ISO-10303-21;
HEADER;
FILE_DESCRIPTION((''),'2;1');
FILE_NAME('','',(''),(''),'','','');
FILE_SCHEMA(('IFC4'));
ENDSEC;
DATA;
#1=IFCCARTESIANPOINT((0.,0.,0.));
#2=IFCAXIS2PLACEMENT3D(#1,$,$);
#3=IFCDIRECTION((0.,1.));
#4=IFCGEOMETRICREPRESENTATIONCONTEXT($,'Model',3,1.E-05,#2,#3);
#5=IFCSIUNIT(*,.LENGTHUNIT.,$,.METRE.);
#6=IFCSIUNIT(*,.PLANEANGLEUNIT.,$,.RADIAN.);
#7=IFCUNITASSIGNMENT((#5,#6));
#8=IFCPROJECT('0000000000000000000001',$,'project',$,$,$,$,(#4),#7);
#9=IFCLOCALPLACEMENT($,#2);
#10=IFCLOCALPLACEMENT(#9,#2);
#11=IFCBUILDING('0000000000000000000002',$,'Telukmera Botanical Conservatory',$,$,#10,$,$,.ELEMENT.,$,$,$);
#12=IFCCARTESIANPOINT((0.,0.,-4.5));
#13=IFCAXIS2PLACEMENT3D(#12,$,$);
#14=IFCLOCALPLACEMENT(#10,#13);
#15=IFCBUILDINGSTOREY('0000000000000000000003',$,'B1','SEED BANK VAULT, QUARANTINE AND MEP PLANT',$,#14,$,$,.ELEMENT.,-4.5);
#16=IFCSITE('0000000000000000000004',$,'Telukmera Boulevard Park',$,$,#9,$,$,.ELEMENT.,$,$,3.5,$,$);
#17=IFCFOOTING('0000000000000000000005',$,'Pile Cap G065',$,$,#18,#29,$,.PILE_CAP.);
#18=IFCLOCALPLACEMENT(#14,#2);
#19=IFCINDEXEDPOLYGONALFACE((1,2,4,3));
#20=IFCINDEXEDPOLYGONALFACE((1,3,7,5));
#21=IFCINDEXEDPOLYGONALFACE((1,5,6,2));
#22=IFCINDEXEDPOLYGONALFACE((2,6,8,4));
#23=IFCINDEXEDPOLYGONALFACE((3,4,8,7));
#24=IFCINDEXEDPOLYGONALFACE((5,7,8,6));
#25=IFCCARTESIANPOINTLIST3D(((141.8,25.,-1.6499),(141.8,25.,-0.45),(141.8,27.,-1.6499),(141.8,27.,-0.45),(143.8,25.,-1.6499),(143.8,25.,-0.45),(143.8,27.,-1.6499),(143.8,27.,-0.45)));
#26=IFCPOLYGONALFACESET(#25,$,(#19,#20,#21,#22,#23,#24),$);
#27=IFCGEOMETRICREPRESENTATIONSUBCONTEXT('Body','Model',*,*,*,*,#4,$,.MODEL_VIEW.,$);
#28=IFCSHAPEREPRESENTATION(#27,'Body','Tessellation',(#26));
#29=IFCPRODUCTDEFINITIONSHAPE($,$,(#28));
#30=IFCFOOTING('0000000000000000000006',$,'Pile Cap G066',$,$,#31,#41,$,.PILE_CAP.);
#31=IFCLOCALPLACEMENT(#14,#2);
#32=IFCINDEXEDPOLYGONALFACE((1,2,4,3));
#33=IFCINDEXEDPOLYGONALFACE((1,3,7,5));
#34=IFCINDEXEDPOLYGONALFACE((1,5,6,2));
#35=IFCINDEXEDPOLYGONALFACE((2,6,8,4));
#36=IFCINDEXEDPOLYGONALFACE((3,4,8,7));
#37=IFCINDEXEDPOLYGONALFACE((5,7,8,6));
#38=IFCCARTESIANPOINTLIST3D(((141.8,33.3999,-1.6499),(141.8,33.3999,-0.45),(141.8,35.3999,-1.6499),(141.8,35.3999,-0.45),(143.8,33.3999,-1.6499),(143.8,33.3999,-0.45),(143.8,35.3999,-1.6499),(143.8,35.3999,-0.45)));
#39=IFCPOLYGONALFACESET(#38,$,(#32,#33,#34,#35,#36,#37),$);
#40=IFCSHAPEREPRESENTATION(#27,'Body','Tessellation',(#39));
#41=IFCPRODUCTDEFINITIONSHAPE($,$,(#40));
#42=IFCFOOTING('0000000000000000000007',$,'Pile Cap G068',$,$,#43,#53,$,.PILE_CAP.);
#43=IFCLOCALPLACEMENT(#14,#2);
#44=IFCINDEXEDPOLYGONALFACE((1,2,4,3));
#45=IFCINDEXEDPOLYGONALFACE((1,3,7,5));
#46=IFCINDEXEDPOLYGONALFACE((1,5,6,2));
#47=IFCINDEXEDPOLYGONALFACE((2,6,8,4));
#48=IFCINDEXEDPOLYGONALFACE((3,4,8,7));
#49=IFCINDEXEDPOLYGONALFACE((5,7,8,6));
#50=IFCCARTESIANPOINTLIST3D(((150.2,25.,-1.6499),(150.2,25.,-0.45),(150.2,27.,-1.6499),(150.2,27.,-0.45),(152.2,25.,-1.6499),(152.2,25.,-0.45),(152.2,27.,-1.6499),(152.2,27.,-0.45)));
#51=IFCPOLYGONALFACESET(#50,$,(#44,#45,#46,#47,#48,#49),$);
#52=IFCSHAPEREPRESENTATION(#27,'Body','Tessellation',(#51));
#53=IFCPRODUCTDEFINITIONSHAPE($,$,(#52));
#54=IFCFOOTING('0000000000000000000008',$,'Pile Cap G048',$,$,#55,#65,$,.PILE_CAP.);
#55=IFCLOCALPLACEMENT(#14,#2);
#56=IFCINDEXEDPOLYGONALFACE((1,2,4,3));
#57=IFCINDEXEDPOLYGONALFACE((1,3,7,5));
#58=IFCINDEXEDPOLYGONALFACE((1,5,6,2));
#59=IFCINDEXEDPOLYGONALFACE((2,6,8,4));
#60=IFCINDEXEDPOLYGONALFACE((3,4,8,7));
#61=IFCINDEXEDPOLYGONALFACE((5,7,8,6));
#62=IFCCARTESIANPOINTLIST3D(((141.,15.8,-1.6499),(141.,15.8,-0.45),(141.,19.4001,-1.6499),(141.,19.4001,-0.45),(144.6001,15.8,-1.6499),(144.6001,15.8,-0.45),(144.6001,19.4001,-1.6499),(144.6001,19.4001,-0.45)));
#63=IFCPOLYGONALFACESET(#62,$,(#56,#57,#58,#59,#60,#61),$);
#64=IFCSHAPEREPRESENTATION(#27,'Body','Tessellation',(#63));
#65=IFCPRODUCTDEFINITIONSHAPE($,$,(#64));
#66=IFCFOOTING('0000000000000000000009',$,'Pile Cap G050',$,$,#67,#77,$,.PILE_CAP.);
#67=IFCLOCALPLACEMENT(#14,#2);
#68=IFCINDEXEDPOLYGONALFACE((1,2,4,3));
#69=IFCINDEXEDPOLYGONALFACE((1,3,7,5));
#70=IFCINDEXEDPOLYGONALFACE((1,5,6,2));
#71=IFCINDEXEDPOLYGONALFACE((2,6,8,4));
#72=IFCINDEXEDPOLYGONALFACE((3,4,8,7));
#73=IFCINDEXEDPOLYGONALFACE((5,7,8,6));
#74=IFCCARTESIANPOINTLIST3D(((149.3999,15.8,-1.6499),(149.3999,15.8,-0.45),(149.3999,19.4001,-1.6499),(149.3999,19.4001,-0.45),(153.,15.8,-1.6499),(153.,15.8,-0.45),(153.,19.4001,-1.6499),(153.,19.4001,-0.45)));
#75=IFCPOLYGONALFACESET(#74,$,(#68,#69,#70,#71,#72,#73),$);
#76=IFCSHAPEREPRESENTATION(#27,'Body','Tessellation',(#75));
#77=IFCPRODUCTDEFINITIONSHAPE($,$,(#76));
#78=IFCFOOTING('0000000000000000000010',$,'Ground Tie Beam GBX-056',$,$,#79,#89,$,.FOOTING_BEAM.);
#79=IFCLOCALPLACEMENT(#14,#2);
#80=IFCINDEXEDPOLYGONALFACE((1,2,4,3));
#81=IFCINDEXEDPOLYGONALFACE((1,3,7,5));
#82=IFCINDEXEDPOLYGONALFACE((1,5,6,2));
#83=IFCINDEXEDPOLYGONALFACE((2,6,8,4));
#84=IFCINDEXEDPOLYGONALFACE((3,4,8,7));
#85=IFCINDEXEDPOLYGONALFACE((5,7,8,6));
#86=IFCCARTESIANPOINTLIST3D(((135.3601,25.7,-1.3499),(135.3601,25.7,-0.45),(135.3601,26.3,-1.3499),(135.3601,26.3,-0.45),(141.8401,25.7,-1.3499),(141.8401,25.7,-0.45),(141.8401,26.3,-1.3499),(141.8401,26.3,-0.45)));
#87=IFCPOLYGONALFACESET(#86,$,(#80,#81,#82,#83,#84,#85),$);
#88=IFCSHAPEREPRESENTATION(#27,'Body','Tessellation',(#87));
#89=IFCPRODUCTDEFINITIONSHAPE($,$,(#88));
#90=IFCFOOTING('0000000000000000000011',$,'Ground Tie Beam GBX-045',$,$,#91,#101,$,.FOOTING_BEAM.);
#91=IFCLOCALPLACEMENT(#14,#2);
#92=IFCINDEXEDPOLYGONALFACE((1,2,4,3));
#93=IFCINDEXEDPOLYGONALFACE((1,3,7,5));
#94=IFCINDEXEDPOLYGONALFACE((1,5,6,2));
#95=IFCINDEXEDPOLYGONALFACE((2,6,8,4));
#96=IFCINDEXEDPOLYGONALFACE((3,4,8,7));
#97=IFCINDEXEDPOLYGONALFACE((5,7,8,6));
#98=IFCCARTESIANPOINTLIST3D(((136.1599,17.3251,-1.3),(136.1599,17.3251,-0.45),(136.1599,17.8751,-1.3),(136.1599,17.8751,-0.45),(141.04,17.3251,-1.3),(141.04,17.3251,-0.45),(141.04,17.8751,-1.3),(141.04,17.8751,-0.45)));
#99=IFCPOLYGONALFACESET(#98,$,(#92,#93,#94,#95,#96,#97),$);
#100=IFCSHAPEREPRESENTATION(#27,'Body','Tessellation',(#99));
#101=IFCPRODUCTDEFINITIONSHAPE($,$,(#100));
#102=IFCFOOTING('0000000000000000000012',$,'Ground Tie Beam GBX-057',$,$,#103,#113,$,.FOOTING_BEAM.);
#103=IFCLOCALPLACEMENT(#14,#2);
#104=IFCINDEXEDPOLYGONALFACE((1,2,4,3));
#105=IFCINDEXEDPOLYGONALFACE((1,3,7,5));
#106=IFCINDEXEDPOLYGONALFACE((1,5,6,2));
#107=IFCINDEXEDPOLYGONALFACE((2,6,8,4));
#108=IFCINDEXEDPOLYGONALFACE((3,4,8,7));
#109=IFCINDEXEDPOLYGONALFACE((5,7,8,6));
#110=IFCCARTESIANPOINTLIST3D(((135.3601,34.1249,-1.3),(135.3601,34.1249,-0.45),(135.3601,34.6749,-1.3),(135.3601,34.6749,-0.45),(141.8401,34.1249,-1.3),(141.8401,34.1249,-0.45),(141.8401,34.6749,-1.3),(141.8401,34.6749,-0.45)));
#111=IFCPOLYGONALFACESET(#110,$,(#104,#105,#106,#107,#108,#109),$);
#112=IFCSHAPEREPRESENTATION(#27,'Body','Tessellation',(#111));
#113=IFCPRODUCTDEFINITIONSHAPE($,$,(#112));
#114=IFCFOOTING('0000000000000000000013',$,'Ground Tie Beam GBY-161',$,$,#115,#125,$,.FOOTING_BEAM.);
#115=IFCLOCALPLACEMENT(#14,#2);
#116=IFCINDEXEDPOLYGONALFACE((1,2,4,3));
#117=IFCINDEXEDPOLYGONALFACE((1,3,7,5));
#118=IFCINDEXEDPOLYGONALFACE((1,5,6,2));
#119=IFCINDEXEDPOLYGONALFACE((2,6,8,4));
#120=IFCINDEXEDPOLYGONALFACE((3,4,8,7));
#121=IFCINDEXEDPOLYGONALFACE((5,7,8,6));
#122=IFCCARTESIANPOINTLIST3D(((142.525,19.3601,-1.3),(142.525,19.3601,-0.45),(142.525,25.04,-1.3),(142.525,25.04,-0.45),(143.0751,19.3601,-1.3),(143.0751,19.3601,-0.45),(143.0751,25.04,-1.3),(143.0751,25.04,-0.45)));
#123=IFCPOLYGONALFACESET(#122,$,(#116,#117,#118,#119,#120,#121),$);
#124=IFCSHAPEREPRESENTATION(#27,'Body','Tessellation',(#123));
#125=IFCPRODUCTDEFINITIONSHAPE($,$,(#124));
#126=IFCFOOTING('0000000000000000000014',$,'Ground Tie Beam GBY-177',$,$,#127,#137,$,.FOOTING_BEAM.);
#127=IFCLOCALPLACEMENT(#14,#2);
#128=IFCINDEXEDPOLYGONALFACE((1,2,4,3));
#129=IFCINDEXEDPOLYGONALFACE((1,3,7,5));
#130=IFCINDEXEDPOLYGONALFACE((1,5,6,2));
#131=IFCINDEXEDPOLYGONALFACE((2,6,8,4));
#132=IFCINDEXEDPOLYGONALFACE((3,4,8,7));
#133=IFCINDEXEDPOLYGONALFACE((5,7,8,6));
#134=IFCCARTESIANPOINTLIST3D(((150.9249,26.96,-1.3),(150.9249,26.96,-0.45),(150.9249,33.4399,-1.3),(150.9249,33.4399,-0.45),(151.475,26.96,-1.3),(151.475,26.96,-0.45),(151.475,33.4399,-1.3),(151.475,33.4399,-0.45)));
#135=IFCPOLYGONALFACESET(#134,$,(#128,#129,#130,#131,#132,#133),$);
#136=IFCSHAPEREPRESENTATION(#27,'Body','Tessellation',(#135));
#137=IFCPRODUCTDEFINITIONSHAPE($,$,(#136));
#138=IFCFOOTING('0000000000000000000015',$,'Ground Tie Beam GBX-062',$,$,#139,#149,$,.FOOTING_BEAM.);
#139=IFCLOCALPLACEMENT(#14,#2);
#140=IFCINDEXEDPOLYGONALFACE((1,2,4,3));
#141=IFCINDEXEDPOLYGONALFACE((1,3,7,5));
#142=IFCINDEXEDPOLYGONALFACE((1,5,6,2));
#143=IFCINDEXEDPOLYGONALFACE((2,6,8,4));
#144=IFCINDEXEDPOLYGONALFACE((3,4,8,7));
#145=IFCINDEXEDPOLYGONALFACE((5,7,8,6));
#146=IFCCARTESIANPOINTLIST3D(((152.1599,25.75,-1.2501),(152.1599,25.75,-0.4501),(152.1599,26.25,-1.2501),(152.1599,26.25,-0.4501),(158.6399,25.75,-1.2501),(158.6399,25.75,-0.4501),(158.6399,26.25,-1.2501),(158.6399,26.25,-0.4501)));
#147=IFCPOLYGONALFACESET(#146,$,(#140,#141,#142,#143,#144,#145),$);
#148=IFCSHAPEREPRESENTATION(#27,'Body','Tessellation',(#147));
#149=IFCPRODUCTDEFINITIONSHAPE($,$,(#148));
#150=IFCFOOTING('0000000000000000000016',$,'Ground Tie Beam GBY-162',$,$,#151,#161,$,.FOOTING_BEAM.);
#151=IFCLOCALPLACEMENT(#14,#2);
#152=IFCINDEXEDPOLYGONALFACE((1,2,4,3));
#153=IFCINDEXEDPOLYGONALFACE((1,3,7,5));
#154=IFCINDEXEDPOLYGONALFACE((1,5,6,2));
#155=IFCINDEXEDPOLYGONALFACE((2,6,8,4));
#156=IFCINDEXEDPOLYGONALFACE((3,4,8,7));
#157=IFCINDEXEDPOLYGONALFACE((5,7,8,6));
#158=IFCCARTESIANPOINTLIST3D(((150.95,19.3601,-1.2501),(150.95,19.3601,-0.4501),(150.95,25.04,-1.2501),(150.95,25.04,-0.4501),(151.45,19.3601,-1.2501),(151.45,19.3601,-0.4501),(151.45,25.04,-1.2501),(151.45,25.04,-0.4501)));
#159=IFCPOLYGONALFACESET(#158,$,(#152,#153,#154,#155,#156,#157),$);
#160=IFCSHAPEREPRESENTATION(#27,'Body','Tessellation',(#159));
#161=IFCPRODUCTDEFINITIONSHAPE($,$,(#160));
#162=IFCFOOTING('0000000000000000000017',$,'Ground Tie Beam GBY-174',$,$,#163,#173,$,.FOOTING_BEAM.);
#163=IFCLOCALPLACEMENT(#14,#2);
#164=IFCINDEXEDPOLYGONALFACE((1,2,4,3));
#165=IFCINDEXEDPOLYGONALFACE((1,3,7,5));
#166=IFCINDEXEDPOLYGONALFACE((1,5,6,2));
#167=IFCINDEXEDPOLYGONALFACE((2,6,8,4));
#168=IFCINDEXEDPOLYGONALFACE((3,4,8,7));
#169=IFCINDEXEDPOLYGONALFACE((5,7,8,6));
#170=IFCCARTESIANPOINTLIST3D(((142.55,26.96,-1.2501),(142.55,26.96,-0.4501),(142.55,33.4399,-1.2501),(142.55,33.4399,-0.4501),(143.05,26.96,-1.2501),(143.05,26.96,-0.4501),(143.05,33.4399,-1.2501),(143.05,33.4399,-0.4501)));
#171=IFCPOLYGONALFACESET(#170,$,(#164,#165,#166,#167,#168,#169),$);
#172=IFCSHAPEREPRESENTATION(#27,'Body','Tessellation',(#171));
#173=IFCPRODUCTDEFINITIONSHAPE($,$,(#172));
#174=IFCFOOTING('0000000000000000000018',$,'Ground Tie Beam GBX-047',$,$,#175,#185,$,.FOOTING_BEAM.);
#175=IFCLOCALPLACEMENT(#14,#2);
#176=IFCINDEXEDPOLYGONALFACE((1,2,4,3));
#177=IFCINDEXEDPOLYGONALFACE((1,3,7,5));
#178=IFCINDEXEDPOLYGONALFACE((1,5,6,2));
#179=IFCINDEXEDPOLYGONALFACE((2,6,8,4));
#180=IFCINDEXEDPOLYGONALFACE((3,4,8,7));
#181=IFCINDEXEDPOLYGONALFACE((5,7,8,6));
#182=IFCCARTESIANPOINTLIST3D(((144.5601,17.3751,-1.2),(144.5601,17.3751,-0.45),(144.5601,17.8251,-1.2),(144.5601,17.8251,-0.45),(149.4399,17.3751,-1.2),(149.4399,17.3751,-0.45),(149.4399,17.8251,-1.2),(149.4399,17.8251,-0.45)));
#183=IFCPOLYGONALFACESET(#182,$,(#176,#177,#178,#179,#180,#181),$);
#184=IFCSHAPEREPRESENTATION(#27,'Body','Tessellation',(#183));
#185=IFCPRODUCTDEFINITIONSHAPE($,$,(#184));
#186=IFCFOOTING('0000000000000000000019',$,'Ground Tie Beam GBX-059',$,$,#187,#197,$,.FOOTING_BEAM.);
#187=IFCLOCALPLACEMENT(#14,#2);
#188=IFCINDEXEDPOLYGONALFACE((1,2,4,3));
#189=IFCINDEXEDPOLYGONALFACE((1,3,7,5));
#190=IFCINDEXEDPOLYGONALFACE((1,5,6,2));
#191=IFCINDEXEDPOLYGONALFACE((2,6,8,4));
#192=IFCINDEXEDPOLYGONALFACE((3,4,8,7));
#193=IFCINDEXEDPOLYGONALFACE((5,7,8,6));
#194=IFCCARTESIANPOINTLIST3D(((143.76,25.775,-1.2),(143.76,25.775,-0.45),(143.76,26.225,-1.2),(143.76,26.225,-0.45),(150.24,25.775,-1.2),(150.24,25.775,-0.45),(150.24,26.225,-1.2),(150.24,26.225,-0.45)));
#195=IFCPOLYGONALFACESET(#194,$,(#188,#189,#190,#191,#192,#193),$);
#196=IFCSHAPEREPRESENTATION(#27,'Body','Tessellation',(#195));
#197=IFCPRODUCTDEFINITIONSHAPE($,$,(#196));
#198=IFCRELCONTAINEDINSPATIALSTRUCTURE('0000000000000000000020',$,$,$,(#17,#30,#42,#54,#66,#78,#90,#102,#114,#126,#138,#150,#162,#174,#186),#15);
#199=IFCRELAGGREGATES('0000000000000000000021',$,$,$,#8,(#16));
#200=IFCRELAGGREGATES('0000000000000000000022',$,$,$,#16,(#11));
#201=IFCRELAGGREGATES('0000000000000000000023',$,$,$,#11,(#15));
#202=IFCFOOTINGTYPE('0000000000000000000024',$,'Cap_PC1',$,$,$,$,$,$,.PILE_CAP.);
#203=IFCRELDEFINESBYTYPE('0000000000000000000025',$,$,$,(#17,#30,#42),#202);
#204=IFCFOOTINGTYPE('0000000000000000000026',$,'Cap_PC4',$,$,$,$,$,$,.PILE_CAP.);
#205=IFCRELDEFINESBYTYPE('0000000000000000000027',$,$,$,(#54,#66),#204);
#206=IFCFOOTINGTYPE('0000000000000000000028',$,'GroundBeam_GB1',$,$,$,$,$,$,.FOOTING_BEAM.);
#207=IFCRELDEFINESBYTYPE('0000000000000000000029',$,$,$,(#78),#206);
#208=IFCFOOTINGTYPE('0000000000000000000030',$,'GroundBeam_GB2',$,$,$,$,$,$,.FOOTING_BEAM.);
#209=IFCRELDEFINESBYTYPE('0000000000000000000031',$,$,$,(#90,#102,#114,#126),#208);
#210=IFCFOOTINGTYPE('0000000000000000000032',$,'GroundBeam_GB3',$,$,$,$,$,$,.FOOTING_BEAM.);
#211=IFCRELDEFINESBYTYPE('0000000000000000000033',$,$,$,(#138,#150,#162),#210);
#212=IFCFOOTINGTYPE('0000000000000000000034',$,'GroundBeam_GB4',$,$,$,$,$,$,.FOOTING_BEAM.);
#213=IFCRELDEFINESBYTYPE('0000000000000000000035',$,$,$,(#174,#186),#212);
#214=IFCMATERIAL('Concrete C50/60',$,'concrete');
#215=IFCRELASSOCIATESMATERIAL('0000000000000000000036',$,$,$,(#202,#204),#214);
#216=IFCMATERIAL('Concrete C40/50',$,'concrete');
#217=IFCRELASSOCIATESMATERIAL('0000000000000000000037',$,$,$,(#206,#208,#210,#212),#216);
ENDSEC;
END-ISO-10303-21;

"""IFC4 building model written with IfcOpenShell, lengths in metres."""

from ifc_helpers import new_model, si_unit, direction, frame, origin, origin_2d, place, context, subcontext, project, spatial, rectangle, extrude, material, material_profile, profile_set, type_object, element, save


model = new_model("IFC4")

# Units and contexts
model_context = context("Model", 3, precision=1e-05, world=origin(), true_north=direction((0.0, 1.0)))
body_context = subcontext(model_context, "Body", "Model", "MODEL_VIEW")
ifc_project = project(units=[si_unit("LENGTHUNIT", "METRE"), si_unit("PLANEANGLEUNIT", "RADIAN")], contexts=[model_context])

# Site, building, storey
site_placement = place(None, origin())
site = spatial("IfcSite", under=ifc_project, at=site_placement, Name="Telukmera Boulevard Park", CompositionType="ELEMENT", RefElevation=3.5)
building_placement = place(site_placement, origin())
building = spatial("IfcBuilding", under=site, at=building_placement, Name="Telukmera Botanical Conservatory", CompositionType="ELEMENT")
storey_placement = place(building_placement, frame((0.0, 0.0, -4.5)))
storey = spatial("IfcBuildingStorey", under=building, at=storey_placement, Name="B1", Description="SEED BANK VAULT, QUARANTINE AND MEP PLANT", CompositionType="ELEMENT", Elevation=-4.5)

# Footings
ifc_material_1 = material(Name="Concrete C50/60", Category="concrete")
footing_type_1 = type_object("IfcFootingType", Name="Cap_PC1", PredefinedType="PILE_CAP", material=ifc_material_1)
for number, where, z_axis, x_axis, name in (
    (1, (142.8, 26.0, -1.6499), (0.0, 0.0, 1.0), (1.0, 0.0, 0.0), "Pile Cap G065"),
    (2, (142.8, 34.3999, -1.6499), (0.0, 0.0, 1.0), (1.0, 0.0, 0.0), "Pile Cap G066"),
    (3, (151.2, 26.0, -1.6499), (0.0, 0.0, 1.0), (1.0, 0.0, 0.0), "Pile Cap G068"),
):
    element("IfcFooting", number, at=place(storey_placement, frame(where, z_axis=z_axis, x_axis=x_axis)), inside=storey, type_object=footing_type_1, Name=name, PredefinedType="PILE_CAP", context=body_context, shape_type="SweptSolid", body=[
        extrude(rectangle(XDim=2.0, YDim=2.0, at=origin_2d()), origin(), (0.0, 0.0, 1.0), 1.2),
    ])
footing_type_2 = type_object("IfcFootingType", Name="Cap_PC4", PredefinedType="PILE_CAP", material=ifc_material_1)
for number, where, z_axis, x_axis, name in (
    (4, (142.8, 17.6001, -1.6499), (0.0, 0.0, 1.0), (1.0, 0.0, 0.0), "Pile Cap G048"),
    (5, (151.2, 17.6001, -1.6499), (0.0, 0.0, 1.0), (1.0, 0.0, 0.0), "Pile Cap G050"),
):
    element("IfcFooting", number, at=place(storey_placement, frame(where, z_axis=z_axis, x_axis=x_axis)), inside=storey, type_object=footing_type_2, Name=name, PredefinedType="PILE_CAP", context=body_context, shape_type="SweptSolid", body=[
        extrude(rectangle(XDim=3.6001, YDim=3.6001, at=origin_2d()), origin(), (0.0, 0.0, 1.0), 1.2),
    ])
ifc_material_2 = material(Name="Concrete C40/50", Category="concrete")
ifc_material_profile_1 = material_profile(ifc_material_2, rectangle(XDim=0.6001, YDim=0.8999, at=origin_2d()), Name="RC 600x900")
ifc_profile_set_1 = profile_set([ifc_material_profile_1], Name="Concrete C40/50")
footing_type_3 = type_object("IfcFootingType", Name="GroundBeam_GB1", PredefinedType="FOOTING_BEAM", material=ifc_profile_set_1)
footing_1_placement = place(storey_placement, frame((135.3601, 26.0, -0.8999), z_axis=(1.0, 0.0, 0.0), x_axis=(0.0, 1.0, 0.0)))
element("IfcFooting", 6, at=footing_1_placement, inside=storey, type_object=footing_type_3, Name="Ground Tie Beam GBX-056", PredefinedType="FOOTING_BEAM", context=body_context, shape_type="SweptSolid", body=[
    extrude(rectangle(XDim=0.6001, YDim=0.8999, at=origin_2d()), origin(), (0.0, 0.0, 1.0), 6.48),
])
ifc_material_profile_2 = material_profile(ifc_material_2, rectangle(XDim=0.55, YDim=0.8501, at=origin_2d()), Name="RC 550x850")
ifc_profile_set_2 = profile_set([ifc_material_profile_2], Name="Concrete C40/50")
footing_type_4 = type_object("IfcFootingType", Name="GroundBeam_GB2", PredefinedType="FOOTING_BEAM", material=ifc_profile_set_2)
footing_2_placement = place(storey_placement, frame((136.1599, 17.6001, -0.875), z_axis=(1.0, 0.0, 0.0), x_axis=(0.0, 1.0, 0.0)))
element("IfcFooting", 7, at=footing_2_placement, inside=storey, type_object=footing_type_4, Name="Ground Tie Beam GBX-045", PredefinedType="FOOTING_BEAM", context=body_context, shape_type="SweptSolid", body=[
    extrude(rectangle(XDim=0.55, YDim=0.8501, at=origin_2d()), origin(), (0.0, 0.0, 1.0), 4.8801),
])
footing_3_placement = place(storey_placement, frame((135.3601, 34.3999, -0.875), z_axis=(1.0, 0.0, 0.0), x_axis=(0.0, 1.0, 0.0)))
element("IfcFooting", 8, at=footing_3_placement, inside=storey, type_object=footing_type_4, Name="Ground Tie Beam GBX-057", PredefinedType="FOOTING_BEAM", context=body_context, shape_type="SweptSolid", body=[
    extrude(rectangle(XDim=0.55, YDim=0.8501, at=origin_2d()), origin(), (0.0, 0.0, 1.0), 6.48),
])
footing_4_placement = place(storey_placement, frame((142.8, 19.3601, -0.875), z_axis=(0.0, 1.0, 0.0), x_axis=(-1.0, 0.0, 0.0)))
element("IfcFooting", 9, at=footing_4_placement, inside=storey, type_object=footing_type_4, Name="Ground Tie Beam GBY-161", PredefinedType="FOOTING_BEAM", context=body_context, shape_type="SweptSolid", body=[
    extrude(rectangle(XDim=0.55, YDim=0.8501, at=origin_2d()), origin(), (0.0, 0.0, 1.0), 5.6799),
])
footing_5_placement = place(storey_placement, frame((151.2, 26.96, -0.875), z_axis=(0.0, 1.0, 0.0), x_axis=(-1.0, 0.0, 0.0)))
element("IfcFooting", 10, at=footing_5_placement, inside=storey, type_object=footing_type_4, Name="Ground Tie Beam GBY-177", PredefinedType="FOOTING_BEAM", context=body_context, shape_type="SweptSolid", body=[
    extrude(rectangle(XDim=0.55, YDim=0.8501, at=origin_2d()), origin(), (0.0, 0.0, 1.0), 6.48),
])
ifc_material_profile_3 = material_profile(ifc_material_2, rectangle(XDim=0.5, YDim=0.8, at=origin_2d()), Name="RC 500x800")
ifc_profile_set_3 = profile_set([ifc_material_profile_3], Name="Concrete C40/50")
footing_type_5 = type_object("IfcFootingType", Name="GroundBeam_GB3", PredefinedType="FOOTING_BEAM", material=ifc_profile_set_3)
footing_6_placement = place(storey_placement, frame((152.1599, 26.0, -0.8501), z_axis=(1.0, 0.0, 0.0), x_axis=(0.0, 1.0, 0.0)))
element("IfcFooting", 11, at=footing_6_placement, inside=storey, type_object=footing_type_5, Name="Ground Tie Beam GBX-062", PredefinedType="FOOTING_BEAM", context=body_context, shape_type="SweptSolid", body=[
    extrude(rectangle(XDim=0.5, YDim=0.8, at=origin_2d()), origin(), (0.0, 0.0, 1.0), 6.48),
])
footing_7_placement = place(storey_placement, frame((151.2, 19.3601, -0.8501), z_axis=(0.0, 1.0, 0.0), x_axis=(-1.0, 0.0, 0.0)))
element("IfcFooting", 12, at=footing_7_placement, inside=storey, type_object=footing_type_5, Name="Ground Tie Beam GBY-162", PredefinedType="FOOTING_BEAM", context=body_context, shape_type="SweptSolid", body=[
    extrude(rectangle(XDim=0.5, YDim=0.8, at=origin_2d()), origin(), (0.0, 0.0, 1.0), 5.6799),
])
footing_8_placement = place(storey_placement, frame((142.8, 26.96, -0.8501), z_axis=(0.0, 1.0, 0.0), x_axis=(-1.0, 0.0, 0.0)))
element("IfcFooting", 13, at=footing_8_placement, inside=storey, type_object=footing_type_5, Name="Ground Tie Beam GBY-174", PredefinedType="FOOTING_BEAM", context=body_context, shape_type="SweptSolid", body=[
    extrude(rectangle(XDim=0.5, YDim=0.8, at=origin_2d()), origin(), (0.0, 0.0, 1.0), 6.48),
])
ifc_material_profile_4 = material_profile(ifc_material_2, rectangle(XDim=0.45, YDim=0.75, at=origin_2d()), Name="RC 450x750")
ifc_profile_set_4 = profile_set([ifc_material_profile_4], Name="Concrete C40/50")
footing_type_6 = type_object("IfcFootingType", Name="GroundBeam_GB4", PredefinedType="FOOTING_BEAM", material=ifc_profile_set_4)
footing_9_placement = place(storey_placement, frame((144.5601, 17.6001, -0.825), z_axis=(1.0, 0.0, 0.0), x_axis=(0.0, 1.0, 0.0)))
element("IfcFooting", 14, at=footing_9_placement, inside=storey, type_object=footing_type_6, Name="Ground Tie Beam GBX-047", PredefinedType="FOOTING_BEAM", context=body_context, shape_type="SweptSolid", body=[
    extrude(rectangle(XDim=0.45, YDim=0.75, at=origin_2d()), origin(), (0.0, 0.0, 1.0), 4.8799),
])
footing_10_placement = place(storey_placement, frame((143.76, 26.0, -0.825), z_axis=(1.0, 0.0, 0.0), x_axis=(0.0, 1.0, 0.0)))
element("IfcFooting", 15, at=footing_10_placement, inside=storey, type_object=footing_type_6, Name="Ground Tie Beam GBX-059", PredefinedType="FOOTING_BEAM", context=body_context, shape_type="SweptSolid", body=[
    extrude(rectangle(XDim=0.45, YDim=0.75, at=origin_2d()), origin(), (0.0, 0.0, 1.0), 6.48),
])

save(model, "model.ifc")
